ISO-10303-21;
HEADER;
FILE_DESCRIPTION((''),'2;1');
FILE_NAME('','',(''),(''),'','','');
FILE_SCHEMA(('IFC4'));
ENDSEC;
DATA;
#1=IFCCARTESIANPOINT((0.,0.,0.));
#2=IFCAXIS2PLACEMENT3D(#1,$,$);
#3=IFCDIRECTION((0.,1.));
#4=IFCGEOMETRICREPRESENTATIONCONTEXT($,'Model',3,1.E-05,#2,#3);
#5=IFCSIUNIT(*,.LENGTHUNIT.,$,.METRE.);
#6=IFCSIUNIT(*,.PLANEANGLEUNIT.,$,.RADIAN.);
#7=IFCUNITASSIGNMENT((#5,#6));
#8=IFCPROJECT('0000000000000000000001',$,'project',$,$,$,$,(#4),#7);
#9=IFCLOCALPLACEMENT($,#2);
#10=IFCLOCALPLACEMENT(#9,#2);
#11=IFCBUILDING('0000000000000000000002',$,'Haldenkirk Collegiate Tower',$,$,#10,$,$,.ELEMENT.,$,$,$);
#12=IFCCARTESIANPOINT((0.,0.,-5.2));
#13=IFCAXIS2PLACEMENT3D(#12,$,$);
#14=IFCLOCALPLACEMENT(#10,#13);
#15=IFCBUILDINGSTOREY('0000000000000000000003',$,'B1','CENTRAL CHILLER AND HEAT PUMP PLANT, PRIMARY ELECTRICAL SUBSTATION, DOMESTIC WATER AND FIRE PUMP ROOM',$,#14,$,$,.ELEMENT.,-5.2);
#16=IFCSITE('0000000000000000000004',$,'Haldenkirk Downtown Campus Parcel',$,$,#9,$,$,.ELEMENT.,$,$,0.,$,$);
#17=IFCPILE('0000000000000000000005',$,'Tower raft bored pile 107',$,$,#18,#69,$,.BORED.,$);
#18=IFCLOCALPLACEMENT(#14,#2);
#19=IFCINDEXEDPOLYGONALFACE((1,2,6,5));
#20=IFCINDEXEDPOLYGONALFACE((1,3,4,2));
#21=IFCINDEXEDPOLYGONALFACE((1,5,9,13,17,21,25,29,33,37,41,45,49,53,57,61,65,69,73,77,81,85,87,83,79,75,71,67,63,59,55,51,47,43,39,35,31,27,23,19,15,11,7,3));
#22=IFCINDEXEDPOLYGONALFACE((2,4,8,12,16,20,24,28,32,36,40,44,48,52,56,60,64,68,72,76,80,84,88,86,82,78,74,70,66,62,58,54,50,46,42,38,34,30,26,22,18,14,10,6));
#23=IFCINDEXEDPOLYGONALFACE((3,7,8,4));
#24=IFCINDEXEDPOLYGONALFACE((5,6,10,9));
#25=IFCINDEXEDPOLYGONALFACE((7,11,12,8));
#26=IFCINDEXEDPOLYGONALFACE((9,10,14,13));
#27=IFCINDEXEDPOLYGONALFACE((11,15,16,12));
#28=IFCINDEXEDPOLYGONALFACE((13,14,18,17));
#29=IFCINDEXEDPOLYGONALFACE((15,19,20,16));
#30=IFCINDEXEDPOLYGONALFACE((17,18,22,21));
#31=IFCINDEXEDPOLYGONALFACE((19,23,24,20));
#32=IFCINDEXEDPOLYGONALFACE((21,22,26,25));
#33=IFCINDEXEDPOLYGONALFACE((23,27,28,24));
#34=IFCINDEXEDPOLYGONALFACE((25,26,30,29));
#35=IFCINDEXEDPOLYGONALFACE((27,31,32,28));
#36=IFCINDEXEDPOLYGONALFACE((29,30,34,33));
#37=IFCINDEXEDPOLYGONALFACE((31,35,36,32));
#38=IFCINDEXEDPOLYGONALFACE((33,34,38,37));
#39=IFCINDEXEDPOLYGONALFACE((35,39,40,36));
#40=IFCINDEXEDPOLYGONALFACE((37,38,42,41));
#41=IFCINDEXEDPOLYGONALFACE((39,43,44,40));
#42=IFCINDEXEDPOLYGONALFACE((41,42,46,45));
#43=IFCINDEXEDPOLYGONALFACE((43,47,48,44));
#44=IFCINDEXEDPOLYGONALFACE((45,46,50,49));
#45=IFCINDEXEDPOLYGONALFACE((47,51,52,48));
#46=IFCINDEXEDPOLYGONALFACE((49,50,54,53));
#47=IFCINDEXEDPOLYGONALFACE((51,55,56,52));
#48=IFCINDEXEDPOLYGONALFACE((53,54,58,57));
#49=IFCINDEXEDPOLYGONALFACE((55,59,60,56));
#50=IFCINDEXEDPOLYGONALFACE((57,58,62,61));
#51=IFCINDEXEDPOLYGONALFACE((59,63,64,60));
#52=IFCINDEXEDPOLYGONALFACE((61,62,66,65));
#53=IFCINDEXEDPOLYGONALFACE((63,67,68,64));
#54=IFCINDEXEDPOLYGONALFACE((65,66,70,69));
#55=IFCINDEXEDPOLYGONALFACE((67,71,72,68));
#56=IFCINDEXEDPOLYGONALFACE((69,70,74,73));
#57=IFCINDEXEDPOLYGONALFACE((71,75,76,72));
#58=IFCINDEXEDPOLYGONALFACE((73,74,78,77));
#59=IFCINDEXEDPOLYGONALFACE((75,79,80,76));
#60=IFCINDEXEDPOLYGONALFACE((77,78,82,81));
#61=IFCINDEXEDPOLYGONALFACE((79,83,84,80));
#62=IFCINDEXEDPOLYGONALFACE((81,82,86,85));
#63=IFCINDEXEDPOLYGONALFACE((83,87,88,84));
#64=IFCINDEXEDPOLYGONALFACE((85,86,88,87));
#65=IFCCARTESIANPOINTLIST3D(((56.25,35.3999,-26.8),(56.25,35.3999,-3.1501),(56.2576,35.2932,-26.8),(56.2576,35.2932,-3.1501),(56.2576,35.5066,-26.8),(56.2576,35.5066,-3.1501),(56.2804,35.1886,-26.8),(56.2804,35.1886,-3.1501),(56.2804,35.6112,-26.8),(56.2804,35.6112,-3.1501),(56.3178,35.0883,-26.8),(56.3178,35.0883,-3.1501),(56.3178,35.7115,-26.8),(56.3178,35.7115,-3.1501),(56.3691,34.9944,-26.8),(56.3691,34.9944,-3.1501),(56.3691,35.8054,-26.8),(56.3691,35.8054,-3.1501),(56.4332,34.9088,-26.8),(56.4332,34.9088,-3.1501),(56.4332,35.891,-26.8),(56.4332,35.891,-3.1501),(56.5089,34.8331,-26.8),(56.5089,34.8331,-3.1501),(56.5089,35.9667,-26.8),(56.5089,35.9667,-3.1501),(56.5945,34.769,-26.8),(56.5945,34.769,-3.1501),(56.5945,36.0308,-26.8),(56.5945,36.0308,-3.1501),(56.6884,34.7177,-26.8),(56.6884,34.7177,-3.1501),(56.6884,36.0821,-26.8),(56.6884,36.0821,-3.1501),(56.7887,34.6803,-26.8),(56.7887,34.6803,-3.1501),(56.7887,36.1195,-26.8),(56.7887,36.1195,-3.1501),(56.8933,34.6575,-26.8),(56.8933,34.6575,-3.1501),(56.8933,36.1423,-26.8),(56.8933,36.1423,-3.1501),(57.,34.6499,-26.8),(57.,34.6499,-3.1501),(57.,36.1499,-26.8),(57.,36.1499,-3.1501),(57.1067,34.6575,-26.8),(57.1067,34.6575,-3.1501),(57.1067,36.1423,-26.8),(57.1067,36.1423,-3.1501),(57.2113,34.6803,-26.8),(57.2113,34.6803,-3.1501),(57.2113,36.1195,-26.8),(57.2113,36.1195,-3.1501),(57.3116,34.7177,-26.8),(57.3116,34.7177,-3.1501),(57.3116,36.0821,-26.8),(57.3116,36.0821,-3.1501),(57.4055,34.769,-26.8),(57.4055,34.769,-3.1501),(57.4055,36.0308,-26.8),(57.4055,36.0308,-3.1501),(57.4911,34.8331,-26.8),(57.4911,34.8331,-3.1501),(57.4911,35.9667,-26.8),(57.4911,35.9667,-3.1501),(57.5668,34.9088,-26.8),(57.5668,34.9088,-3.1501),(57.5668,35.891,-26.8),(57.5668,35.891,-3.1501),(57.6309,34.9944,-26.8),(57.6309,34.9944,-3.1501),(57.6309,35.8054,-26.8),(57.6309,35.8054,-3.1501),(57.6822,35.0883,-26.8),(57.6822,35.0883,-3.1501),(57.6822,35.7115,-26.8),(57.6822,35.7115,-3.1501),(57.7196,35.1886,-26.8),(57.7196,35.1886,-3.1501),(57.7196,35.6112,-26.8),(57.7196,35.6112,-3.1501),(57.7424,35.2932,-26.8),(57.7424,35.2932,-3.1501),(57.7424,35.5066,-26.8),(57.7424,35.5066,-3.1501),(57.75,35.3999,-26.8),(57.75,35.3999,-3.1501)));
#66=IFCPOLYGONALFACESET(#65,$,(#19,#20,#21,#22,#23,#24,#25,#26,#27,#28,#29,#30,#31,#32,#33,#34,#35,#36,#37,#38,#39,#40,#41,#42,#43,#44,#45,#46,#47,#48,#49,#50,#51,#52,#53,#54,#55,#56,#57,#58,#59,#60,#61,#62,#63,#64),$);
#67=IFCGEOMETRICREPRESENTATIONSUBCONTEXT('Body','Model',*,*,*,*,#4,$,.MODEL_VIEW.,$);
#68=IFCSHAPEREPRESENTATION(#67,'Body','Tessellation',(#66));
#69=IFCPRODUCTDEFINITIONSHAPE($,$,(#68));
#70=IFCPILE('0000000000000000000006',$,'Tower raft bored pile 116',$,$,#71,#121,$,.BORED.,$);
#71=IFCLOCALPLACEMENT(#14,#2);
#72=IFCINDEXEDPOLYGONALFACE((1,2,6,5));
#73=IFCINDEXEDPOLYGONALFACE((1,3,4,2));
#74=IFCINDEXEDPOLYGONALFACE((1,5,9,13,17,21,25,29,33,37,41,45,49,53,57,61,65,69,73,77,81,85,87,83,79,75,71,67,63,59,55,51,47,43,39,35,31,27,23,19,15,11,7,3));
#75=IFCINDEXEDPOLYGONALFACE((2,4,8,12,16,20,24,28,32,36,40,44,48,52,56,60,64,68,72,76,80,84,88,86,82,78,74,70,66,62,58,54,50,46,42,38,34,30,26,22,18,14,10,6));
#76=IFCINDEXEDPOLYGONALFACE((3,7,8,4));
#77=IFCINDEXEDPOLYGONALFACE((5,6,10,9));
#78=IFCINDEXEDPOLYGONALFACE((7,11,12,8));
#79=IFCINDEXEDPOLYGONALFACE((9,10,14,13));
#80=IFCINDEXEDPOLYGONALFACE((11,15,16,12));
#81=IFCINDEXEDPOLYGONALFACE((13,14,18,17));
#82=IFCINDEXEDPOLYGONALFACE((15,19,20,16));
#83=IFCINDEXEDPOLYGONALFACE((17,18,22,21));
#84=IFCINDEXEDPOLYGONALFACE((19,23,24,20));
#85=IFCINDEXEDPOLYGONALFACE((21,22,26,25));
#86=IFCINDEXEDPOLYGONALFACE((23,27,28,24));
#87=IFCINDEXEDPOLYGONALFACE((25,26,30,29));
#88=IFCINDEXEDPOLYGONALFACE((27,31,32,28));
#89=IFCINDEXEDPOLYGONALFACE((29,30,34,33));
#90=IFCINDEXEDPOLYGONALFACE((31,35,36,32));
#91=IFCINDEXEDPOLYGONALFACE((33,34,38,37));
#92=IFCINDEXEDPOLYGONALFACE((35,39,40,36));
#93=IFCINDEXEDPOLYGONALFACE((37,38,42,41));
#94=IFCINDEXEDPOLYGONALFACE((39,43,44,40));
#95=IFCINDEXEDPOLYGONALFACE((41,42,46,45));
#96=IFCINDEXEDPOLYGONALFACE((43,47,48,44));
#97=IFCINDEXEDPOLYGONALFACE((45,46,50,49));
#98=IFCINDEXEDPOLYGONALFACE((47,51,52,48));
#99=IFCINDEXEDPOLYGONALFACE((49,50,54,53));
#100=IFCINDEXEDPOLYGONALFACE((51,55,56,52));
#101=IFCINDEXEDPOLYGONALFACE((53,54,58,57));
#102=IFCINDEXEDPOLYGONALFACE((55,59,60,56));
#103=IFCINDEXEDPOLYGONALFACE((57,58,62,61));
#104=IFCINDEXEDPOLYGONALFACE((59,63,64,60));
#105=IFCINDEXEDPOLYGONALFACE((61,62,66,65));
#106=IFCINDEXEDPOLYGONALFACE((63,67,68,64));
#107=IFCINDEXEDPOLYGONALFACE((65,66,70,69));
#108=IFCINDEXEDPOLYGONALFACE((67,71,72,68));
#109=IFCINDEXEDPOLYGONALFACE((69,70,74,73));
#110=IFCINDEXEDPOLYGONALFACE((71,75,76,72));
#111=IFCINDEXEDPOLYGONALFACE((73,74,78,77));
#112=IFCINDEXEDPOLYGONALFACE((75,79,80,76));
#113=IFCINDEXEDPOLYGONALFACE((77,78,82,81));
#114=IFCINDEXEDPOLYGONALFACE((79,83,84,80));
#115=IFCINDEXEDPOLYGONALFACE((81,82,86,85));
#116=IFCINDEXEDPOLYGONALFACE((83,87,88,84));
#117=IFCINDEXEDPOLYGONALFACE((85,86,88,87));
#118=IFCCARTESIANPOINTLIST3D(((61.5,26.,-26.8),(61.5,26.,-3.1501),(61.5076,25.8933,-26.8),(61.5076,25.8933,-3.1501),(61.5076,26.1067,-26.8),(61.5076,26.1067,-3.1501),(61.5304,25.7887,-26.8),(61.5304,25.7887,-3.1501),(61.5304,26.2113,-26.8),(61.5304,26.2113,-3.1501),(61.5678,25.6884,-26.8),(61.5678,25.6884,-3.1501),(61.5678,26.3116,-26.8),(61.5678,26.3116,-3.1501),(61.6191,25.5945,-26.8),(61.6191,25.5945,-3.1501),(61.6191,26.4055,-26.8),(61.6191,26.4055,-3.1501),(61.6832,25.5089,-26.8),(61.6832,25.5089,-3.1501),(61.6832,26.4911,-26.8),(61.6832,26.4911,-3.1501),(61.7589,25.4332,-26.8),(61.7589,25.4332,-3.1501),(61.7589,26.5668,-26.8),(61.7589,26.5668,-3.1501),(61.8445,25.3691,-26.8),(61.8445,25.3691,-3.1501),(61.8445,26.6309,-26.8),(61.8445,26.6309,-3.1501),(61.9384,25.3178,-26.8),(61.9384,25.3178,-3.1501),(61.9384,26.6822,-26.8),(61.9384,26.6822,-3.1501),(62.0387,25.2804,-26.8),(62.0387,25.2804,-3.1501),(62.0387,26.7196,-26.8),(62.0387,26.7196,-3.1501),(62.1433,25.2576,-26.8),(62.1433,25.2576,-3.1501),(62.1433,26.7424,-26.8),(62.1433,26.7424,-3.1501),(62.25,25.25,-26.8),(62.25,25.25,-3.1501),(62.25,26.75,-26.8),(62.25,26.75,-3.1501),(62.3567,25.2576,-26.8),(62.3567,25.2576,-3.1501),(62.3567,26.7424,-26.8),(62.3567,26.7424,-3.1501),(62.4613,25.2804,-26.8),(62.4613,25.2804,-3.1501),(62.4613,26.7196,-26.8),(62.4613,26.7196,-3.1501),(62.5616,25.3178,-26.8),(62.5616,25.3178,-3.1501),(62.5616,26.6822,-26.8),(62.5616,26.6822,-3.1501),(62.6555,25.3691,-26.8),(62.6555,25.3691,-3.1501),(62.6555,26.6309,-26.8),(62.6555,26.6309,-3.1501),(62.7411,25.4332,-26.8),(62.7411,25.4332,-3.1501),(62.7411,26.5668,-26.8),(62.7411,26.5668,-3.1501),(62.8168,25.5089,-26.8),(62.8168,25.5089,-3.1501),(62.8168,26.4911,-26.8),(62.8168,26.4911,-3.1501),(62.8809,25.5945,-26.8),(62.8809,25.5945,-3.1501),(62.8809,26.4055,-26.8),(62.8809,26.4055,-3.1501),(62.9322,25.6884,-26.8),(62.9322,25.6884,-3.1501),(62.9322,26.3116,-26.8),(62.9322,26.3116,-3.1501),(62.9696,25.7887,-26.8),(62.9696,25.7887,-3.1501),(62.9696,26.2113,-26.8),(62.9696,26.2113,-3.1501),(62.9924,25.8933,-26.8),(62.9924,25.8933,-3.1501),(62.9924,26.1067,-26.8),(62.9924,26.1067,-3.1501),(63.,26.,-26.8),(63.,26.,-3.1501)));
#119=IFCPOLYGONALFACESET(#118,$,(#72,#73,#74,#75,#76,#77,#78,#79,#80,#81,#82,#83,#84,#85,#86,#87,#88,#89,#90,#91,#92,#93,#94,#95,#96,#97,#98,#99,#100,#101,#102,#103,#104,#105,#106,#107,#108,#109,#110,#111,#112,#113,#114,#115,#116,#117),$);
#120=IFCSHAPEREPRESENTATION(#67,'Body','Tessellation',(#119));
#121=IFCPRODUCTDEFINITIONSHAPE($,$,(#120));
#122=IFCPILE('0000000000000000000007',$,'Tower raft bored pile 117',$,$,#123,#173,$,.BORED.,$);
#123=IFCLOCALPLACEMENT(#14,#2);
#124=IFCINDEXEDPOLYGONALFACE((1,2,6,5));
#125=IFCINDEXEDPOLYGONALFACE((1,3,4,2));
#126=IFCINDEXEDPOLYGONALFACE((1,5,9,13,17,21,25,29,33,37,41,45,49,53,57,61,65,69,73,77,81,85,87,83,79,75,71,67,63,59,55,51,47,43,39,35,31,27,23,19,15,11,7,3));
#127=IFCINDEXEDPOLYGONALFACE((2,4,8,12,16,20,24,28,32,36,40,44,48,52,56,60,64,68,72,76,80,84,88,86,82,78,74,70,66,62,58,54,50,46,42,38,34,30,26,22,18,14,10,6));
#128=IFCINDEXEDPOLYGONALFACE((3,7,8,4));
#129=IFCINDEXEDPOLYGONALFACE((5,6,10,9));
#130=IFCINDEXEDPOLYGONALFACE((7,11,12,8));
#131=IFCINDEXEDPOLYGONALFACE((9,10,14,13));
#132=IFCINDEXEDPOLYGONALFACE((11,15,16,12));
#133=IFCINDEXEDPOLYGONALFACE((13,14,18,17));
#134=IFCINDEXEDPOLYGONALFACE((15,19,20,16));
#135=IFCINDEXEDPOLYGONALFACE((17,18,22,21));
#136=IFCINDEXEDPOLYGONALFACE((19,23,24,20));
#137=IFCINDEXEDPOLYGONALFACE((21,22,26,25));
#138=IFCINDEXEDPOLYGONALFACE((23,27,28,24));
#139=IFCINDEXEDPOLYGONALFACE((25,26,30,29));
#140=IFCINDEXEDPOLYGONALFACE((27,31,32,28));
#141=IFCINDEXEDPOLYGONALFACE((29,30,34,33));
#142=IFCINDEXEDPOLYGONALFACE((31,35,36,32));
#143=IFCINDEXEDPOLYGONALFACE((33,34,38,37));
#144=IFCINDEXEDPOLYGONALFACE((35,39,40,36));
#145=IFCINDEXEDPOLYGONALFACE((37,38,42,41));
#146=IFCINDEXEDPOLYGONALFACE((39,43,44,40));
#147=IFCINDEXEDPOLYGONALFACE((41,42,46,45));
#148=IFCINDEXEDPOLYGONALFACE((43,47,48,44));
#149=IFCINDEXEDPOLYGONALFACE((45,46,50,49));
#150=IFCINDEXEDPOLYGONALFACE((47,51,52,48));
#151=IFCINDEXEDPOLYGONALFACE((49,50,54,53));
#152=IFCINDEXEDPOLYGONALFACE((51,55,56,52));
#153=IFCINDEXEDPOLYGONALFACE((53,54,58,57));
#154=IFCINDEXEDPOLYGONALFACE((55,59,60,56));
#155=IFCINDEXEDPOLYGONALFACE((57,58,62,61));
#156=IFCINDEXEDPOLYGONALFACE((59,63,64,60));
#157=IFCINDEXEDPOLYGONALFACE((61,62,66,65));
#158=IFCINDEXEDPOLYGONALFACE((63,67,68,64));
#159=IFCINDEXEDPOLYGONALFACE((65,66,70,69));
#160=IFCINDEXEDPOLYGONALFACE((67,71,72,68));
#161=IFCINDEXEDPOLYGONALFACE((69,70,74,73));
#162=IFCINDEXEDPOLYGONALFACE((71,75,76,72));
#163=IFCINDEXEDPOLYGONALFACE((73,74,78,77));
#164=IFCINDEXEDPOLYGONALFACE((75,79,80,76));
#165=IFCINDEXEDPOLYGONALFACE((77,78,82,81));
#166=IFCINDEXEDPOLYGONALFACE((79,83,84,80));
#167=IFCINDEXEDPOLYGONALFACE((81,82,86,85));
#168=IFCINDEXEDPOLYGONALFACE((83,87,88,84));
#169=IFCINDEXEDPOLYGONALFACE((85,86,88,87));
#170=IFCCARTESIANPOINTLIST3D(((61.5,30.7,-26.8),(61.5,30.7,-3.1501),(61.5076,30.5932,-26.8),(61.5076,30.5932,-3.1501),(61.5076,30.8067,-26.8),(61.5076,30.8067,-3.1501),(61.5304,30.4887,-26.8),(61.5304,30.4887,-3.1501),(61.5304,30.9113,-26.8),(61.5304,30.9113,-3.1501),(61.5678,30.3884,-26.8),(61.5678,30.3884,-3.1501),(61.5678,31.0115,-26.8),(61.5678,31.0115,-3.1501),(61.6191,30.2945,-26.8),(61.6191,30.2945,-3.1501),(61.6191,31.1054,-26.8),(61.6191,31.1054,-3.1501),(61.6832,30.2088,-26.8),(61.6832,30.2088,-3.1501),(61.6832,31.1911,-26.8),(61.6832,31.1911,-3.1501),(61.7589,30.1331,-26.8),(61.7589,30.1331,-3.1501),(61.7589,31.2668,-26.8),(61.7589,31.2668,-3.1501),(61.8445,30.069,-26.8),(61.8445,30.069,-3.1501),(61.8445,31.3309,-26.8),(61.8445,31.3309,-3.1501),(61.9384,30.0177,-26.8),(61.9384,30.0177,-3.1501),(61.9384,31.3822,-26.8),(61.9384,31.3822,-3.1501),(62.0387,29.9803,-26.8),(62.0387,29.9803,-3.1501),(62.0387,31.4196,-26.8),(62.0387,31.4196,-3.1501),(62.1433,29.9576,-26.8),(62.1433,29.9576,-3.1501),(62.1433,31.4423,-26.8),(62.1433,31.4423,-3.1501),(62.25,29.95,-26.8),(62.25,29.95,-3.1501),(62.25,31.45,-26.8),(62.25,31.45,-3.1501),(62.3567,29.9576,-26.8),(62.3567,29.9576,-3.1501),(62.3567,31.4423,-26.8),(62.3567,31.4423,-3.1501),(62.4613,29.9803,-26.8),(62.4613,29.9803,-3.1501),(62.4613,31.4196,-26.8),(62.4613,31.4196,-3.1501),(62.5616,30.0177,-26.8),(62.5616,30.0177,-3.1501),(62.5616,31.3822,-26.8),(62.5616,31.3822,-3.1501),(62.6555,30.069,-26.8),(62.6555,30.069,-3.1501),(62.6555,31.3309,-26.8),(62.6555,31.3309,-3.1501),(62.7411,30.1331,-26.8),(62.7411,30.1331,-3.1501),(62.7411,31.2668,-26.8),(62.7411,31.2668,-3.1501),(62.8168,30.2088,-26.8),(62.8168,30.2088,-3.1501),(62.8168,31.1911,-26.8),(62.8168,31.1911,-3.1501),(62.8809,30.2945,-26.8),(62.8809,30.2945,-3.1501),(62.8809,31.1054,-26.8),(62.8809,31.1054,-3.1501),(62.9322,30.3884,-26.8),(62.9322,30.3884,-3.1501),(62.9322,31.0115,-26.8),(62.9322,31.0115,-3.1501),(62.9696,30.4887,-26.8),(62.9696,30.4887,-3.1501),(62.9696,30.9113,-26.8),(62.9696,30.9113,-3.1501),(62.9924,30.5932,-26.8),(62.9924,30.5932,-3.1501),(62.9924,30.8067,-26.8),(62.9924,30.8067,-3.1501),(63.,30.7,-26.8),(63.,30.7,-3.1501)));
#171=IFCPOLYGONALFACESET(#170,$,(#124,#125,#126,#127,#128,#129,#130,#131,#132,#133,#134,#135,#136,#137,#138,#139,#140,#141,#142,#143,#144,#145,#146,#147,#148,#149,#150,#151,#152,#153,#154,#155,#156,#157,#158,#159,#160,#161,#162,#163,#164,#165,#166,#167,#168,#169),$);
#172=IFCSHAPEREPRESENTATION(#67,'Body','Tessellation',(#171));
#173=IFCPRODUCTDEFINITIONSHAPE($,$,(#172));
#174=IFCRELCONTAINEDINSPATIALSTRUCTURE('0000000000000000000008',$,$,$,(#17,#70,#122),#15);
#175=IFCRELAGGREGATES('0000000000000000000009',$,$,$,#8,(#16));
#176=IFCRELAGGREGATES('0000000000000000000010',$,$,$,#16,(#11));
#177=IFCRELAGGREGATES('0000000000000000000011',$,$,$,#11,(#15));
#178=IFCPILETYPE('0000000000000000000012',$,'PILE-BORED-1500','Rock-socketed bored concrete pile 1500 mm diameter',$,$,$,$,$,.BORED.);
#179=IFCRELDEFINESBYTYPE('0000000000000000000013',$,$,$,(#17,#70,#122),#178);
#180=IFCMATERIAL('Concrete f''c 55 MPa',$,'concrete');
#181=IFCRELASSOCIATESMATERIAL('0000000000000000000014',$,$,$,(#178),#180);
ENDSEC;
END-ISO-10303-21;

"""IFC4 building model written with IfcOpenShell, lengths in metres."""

from ifc_helpers import new_model, si_unit, direction, frame, origin, origin_2d, place, context, subcontext, project, spatial, circle, extrude, material, material_profile, profile_set, type_object, element, save


model = new_model("IFC4")

# Units and contexts
model_context = context("Model", 3, precision=1e-05, world=origin(), true_north=direction((0.0, 1.0)))
body_context = subcontext(model_context, "Body", "Model", "MODEL_VIEW")
ifc_project = project(units=[si_unit("LENGTHUNIT", "METRE"), si_unit("PLANEANGLEUNIT", "RADIAN")], contexts=[model_context])

# Site, building, storey
site_placement = place(None, origin())
site = spatial("IfcSite", under=ifc_project, at=site_placement, Name="Haldenkirk Downtown Campus Parcel", CompositionType="ELEMENT", RefElevation=0.0)
building_placement = place(site_placement, origin())
building = spatial("IfcBuilding", under=site, at=building_placement, Name="Haldenkirk Collegiate Tower", CompositionType="ELEMENT")
storey_placement = place(building_placement, frame((0.0, 0.0, -5.2)))
storey = spatial("IfcBuildingStorey", under=building, at=storey_placement, Name="B1", Description="CENTRAL CHILLER AND HEAT PUMP PLANT, PRIMARY ELECTRICAL SUBSTATION, DOMESTIC WATER AND FIRE PUMP ROOM", CompositionType="ELEMENT", Elevation=-5.2)

# Shared definitions
ifc_material_1 = material(Name="Concrete f'c 55 MPa", Category="concrete")

# Piles
ifc_material_profile_1 = material_profile(ifc_material_1, circle(Radius=0.75, at=origin_2d()), Name="PILE1500")
ifc_profile_set_1 = profile_set([ifc_material_profile_1], Name="Concrete f'c 55 MPa")
pile_type_1 = type_object("IfcPileType", Name="PILE-BORED-1500", Description="Rock-socketed bored concrete pile 1500 mm diameter", PredefinedType="BORED", material=ifc_profile_set_1)
for number, where, z_axis, x_axis, name in (
    (1, (57.0, 35.3999, -3.1501), (0.0, 0.0, -1.0), (1.0, 0.0, 0.0), "Tower raft bored pile 107"),
    (2, (62.25, 26.0, -3.1501), (0.0, 0.0, -1.0), (1.0, 0.0, 0.0), "Tower raft bored pile 116"),
    (3, (62.25, 30.7, -3.1501), (0.0, 0.0, -1.0), (1.0, 0.0, 0.0), "Tower raft bored pile 117"),
):
    element("IfcPile", number, at=place(storey_placement, frame(where, z_axis=z_axis, x_axis=x_axis)), inside=storey, type_object=pile_type_1, Name=name, PredefinedType="BORED", context=body_context, shape_type="SweptSolid", body=[
        extrude(circle(Radius=0.75, at=origin_2d()), origin(), (0.0, 0.0, 1.0), 23.6499),
    ])

save(model, "model.ifc")
